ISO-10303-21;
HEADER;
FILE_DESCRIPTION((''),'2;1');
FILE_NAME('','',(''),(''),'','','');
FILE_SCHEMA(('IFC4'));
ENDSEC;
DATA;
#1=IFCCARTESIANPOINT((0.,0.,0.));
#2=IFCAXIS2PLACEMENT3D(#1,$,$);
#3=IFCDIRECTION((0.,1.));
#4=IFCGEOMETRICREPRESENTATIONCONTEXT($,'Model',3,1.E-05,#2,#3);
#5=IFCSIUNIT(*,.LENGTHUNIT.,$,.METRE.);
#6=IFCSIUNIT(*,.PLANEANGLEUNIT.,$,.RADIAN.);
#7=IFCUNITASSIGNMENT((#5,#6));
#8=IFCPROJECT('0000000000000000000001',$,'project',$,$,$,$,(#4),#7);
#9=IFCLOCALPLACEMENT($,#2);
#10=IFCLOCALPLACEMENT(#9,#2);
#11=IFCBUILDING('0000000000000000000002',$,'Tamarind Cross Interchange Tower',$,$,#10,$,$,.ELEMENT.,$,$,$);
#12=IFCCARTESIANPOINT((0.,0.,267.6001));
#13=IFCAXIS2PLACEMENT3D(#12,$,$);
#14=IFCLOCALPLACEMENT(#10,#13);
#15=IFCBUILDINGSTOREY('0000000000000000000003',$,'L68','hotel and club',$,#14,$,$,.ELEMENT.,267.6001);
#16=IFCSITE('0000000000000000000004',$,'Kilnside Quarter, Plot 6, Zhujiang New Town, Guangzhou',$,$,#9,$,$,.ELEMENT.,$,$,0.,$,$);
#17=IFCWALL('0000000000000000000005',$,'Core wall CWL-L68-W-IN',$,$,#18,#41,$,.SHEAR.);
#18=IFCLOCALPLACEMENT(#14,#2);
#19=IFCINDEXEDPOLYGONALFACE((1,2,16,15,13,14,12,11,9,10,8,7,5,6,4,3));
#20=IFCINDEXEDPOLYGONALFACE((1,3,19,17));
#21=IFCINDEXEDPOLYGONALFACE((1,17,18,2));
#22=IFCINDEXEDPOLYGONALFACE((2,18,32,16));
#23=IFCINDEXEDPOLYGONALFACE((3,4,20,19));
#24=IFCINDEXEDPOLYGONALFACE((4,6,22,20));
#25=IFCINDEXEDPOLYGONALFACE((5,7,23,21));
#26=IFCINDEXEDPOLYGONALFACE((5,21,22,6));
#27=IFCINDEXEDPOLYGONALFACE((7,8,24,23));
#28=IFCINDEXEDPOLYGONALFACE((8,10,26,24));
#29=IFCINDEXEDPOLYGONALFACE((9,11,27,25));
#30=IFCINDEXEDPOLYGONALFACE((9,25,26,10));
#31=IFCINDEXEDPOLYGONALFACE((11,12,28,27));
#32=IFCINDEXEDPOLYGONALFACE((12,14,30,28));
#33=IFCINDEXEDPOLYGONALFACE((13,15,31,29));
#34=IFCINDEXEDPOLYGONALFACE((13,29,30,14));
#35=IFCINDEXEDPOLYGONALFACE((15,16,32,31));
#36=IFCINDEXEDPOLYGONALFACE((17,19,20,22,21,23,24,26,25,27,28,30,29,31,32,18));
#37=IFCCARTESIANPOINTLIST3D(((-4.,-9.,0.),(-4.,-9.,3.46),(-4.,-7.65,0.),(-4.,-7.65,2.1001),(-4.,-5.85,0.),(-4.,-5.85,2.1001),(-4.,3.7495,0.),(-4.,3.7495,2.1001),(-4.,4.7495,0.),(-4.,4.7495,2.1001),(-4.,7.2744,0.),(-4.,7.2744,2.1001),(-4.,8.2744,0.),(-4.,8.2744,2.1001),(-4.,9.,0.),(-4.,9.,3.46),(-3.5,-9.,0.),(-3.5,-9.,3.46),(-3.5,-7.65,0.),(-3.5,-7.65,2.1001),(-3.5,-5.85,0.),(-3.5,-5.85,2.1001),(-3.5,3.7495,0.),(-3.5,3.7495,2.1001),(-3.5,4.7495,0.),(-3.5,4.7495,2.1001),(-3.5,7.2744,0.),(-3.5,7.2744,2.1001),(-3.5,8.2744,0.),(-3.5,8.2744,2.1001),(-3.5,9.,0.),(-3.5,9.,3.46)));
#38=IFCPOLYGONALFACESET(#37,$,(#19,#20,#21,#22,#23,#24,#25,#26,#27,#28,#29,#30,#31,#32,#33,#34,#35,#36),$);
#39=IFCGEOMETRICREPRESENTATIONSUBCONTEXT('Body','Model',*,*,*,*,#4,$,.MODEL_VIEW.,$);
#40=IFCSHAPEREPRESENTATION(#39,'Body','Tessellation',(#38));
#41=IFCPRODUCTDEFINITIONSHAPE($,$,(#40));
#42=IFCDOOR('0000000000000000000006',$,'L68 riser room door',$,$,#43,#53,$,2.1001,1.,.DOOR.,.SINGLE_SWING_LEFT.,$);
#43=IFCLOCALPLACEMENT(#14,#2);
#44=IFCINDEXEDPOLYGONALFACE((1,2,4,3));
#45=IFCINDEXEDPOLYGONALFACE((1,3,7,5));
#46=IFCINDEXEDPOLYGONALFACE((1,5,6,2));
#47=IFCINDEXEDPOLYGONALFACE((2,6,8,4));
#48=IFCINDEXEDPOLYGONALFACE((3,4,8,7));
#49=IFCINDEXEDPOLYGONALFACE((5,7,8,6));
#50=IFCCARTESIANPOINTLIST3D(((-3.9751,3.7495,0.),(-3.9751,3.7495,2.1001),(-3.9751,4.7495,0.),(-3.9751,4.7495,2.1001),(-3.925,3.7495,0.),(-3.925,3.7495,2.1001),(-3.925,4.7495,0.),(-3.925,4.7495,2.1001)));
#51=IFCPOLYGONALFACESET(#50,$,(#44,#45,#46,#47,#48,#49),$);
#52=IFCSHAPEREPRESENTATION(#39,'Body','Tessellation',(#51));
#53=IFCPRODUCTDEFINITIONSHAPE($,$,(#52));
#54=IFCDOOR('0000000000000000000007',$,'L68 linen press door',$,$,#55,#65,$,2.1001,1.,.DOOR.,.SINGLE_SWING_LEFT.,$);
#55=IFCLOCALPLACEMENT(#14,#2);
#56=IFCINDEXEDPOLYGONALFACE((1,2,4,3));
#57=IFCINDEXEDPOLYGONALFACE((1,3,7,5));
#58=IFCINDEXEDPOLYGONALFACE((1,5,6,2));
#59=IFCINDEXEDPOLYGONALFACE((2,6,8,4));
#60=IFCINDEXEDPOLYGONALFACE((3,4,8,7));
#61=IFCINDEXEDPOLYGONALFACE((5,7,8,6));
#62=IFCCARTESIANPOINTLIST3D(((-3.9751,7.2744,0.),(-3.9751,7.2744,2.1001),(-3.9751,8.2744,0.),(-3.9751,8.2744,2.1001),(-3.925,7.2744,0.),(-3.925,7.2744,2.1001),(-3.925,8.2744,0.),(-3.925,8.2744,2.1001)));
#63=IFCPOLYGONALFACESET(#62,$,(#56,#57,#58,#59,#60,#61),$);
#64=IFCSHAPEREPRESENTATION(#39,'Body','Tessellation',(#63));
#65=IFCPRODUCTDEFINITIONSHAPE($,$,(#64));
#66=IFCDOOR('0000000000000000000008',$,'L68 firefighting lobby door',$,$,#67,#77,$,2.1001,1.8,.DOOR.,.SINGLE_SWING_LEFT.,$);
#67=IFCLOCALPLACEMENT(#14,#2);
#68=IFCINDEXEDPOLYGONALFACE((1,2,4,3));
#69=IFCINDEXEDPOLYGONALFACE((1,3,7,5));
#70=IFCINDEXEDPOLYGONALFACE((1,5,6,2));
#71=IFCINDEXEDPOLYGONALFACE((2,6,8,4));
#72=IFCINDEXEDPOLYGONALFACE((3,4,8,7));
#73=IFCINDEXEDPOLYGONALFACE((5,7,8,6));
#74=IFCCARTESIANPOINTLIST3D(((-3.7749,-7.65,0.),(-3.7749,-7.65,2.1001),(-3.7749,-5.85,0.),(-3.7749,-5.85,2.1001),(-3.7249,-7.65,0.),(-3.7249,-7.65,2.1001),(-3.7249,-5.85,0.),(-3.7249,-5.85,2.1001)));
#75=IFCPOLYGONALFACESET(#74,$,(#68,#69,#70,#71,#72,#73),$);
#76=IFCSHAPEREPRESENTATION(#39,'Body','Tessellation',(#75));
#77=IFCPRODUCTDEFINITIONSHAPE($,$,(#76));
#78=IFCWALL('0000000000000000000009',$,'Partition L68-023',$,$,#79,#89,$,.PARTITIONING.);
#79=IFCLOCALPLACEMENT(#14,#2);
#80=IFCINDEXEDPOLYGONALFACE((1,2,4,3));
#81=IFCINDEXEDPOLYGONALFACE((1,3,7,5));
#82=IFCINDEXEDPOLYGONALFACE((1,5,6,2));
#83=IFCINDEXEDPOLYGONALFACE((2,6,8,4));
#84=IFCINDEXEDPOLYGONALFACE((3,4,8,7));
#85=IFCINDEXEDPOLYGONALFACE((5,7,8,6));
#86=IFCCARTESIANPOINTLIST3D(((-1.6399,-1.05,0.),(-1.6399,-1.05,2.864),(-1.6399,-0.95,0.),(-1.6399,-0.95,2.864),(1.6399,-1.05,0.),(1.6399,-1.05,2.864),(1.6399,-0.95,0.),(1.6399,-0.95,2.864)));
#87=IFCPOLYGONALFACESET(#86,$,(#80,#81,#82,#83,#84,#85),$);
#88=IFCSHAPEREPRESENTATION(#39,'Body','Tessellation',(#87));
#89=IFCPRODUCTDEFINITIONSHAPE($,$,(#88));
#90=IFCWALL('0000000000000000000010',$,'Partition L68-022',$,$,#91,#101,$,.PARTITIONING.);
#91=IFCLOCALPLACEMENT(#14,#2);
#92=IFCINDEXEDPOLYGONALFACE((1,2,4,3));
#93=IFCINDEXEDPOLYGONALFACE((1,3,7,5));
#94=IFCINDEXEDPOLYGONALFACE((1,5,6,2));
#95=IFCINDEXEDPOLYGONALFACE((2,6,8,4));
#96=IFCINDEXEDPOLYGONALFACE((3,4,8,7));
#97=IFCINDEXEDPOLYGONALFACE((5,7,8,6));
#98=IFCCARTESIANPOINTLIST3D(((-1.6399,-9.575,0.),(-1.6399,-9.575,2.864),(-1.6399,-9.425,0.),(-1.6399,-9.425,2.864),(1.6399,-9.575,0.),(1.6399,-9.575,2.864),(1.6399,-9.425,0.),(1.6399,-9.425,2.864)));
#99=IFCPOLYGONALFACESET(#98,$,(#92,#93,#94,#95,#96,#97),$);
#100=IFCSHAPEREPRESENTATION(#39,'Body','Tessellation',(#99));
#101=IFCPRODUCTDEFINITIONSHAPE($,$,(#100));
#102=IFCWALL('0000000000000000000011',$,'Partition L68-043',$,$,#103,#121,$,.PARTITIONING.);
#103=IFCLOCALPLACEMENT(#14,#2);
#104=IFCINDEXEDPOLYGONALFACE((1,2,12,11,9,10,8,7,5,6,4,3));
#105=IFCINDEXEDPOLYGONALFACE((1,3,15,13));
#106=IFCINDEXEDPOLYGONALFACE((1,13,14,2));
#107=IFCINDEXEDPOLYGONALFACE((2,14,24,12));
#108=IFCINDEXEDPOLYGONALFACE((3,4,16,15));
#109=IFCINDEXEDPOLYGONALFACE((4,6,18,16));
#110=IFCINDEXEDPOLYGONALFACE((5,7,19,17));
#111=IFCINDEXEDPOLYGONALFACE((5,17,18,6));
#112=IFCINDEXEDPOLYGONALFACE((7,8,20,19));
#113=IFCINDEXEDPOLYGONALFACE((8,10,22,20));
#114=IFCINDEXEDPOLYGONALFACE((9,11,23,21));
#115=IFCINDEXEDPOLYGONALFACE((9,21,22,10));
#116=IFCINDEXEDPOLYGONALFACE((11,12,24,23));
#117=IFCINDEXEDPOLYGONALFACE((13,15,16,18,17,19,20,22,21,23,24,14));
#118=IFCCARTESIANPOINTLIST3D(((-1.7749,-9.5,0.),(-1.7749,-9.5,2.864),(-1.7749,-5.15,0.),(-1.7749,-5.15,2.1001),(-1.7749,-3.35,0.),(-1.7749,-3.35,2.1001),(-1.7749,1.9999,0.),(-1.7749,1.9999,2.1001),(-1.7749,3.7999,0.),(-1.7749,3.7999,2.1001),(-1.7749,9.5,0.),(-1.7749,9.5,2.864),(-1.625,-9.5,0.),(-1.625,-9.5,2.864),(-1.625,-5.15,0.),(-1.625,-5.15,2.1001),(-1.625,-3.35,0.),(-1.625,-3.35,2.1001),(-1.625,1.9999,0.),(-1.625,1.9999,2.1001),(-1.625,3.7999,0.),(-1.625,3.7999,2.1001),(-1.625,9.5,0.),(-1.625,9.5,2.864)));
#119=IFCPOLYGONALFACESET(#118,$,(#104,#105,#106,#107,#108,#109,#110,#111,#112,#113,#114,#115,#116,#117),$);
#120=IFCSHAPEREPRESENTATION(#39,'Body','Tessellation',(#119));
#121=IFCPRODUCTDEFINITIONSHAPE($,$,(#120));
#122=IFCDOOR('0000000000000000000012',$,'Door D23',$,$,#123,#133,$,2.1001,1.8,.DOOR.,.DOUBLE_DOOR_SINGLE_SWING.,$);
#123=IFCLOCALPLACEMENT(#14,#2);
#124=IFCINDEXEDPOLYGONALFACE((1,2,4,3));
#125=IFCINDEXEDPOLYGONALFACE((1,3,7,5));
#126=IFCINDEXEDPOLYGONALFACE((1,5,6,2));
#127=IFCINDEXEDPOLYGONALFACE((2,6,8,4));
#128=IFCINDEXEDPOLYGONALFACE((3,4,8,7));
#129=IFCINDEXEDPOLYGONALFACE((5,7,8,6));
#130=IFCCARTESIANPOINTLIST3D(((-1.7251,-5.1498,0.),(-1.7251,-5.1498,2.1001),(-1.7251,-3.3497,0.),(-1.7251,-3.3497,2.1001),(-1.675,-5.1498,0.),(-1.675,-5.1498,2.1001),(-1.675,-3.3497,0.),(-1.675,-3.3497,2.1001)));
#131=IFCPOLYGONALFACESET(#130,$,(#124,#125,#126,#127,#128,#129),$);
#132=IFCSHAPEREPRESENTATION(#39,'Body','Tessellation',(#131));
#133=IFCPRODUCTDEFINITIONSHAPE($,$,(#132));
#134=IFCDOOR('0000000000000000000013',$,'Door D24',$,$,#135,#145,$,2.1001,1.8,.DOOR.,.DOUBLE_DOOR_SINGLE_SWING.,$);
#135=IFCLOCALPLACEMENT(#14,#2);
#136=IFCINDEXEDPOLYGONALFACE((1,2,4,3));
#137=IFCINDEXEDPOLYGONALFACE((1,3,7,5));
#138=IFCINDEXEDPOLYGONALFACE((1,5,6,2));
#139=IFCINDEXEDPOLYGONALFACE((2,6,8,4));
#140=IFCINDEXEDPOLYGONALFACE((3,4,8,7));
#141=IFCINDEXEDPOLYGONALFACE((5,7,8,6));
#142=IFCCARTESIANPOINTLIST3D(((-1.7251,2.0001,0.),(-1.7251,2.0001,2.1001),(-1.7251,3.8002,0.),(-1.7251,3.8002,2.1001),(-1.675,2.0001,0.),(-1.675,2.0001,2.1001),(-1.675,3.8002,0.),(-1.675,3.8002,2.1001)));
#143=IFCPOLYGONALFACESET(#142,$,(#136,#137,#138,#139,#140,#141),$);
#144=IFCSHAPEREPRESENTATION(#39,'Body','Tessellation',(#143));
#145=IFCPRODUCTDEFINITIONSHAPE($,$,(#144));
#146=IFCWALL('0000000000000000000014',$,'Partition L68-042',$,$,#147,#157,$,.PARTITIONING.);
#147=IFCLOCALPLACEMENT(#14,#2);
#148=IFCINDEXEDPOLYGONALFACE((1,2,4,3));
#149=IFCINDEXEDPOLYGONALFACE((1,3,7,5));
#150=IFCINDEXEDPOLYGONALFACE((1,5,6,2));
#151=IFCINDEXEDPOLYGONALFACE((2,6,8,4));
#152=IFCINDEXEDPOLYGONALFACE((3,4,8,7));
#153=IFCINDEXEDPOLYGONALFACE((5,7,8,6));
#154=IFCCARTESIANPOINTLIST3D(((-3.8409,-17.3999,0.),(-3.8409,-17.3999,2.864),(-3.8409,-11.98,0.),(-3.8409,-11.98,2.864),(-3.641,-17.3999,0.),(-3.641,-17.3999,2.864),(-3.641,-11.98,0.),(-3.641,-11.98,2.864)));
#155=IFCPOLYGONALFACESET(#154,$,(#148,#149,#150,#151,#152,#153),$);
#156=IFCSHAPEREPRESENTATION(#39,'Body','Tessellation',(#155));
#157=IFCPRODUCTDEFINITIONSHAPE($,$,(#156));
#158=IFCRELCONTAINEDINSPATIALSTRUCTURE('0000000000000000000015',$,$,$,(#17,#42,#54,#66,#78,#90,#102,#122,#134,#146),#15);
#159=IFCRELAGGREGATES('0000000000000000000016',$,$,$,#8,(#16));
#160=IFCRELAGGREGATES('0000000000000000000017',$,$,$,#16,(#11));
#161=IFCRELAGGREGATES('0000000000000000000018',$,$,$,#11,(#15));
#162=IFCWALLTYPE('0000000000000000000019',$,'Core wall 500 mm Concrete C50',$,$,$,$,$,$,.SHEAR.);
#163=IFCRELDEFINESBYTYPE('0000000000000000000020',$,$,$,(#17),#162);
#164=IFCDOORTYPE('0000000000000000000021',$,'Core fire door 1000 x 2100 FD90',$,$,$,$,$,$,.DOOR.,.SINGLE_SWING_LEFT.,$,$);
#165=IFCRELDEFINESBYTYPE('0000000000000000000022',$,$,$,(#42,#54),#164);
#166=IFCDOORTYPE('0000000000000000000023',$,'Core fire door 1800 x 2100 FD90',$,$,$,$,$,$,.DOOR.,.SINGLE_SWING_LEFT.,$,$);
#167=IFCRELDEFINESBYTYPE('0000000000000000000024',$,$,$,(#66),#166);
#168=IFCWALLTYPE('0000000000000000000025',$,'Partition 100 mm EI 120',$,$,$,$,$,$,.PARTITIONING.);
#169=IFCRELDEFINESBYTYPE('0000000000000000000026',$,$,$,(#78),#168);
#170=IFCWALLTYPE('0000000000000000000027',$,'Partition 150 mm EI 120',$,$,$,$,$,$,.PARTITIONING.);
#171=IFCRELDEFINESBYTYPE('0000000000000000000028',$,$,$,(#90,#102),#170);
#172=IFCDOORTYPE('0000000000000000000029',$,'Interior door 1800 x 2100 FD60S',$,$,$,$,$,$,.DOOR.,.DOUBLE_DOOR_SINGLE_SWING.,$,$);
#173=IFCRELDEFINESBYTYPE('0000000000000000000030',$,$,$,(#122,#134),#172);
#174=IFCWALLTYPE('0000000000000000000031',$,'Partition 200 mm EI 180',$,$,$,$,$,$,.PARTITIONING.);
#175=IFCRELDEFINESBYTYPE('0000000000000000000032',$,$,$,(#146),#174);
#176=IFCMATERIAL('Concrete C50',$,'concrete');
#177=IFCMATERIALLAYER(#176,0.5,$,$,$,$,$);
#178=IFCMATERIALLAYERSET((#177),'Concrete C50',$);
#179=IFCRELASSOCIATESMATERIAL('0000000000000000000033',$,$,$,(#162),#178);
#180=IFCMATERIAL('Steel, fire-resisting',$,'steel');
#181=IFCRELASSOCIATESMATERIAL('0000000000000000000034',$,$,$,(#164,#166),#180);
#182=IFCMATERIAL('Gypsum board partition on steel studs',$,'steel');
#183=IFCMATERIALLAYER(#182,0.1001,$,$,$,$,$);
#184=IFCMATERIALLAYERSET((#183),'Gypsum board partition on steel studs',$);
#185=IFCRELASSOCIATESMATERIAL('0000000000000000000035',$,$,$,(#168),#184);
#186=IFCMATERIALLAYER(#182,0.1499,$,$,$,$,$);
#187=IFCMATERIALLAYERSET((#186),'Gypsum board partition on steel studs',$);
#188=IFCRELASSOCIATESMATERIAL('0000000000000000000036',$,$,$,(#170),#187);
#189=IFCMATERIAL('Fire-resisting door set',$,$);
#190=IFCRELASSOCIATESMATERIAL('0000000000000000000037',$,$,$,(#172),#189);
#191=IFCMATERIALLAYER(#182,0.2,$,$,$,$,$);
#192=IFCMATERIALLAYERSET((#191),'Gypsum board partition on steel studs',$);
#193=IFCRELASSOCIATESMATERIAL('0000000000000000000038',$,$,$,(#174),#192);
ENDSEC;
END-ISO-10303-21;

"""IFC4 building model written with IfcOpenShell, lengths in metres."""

from ifc_helpers import new_model, si_unit, direction, frame, frame_2d, origin, place, context, subcontext, project, spatial, rectangle, extrude, material, layer, layer_set, type_object, element, fill, save


model = new_model("IFC4")

# Units and contexts
model_context = context("Model", 3, precision=1e-05, world=origin(), true_north=direction((0.0, 1.0)))
body_context = subcontext(model_context, "Body", "Model", "MODEL_VIEW")
ifc_project = project(units=[si_unit("LENGTHUNIT", "METRE"), si_unit("PLANEANGLEUNIT", "RADIAN")], contexts=[model_context])

# Site, building, storey
site_placement = place(None, origin())
site = spatial("IfcSite", under=ifc_project, at=site_placement, Name="Kilnside Quarter, Plot 6, Zhujiang New Town, Guangzhou", CompositionType="ELEMENT", RefElevation=0.0)
building_placement = place(site_placement, origin())
building = spatial("IfcBuilding", under=site, at=building_placement, Name="Tamarind Cross Interchange Tower", CompositionType="ELEMENT")
storey_placement = place(building_placement, frame((0.0, 0.0, 267.6001)))
storey = spatial("IfcBuildingStorey", under=building, at=storey_placement, Name="L68", Description="hotel and club", CompositionType="ELEMENT", Elevation=267.6001)

# Wall, openings, doors
ifc_material_1 = material(Name="Concrete C50", Category="concrete")
ifc_layer_1 = layer(ifc_material_1, 0.5)
ifc_layer_set_1 = layer_set([ifc_layer_1], Name="Concrete C50")
wall_type_1 = type_object("IfcWallType", Name="Core wall 500 mm Concrete C50", PredefinedType="SHEAR", material=ifc_layer_set_1)
wall_1_placement = place(storey_placement, frame((-3.75, -9.0, 0.0), z_axis=(0.0, 0.0, 1.0), x_axis=(0.0, 1.0, 0.0)))
wall_1 = element("IfcWall", 1, at=wall_1_placement, inside=storey, type_object=wall_type_1, Name="Core wall CWL-L68-W-IN", PredefinedType="SHEAR", context=body_context, shape_type="SweptSolid", body=[
    extrude(rectangle(XDim=18.0, YDim=0.5, at=frame_2d((9.0, 0.0))), origin(), (0.0, 0.0, 1.0), 3.46),
])
opening_1_placement = place(wall_1_placement, frame((1.3501, 0.0, 0.0)))
opening_1 = element("IfcOpeningElement", 2, at=opening_1_placement, cuts=wall_1, PredefinedType="OPENING", context=body_context, shape_type="SweptSolid", body=[
    extrude(rectangle(XDim=1.8, YDim=2.1001, at=frame_2d((0.8999, 1.05))), frame((0.0, 0.26, 0.0), z_axis=(0.0, -1.0, 0.0), x_axis=(1.0, 0.0, 0.0)), (0.0, 0.0, 1.0), 0.52),
])
opening_2_placement = place(wall_1_placement, frame((12.7495, 0.0, 0.0)))
opening_2 = element("IfcOpeningElement", 3, at=opening_2_placement, cuts=wall_1, PredefinedType="OPENING", context=body_context, shape_type="SweptSolid", body=[
    extrude(rectangle(XDim=1.0, YDim=2.1001, at=frame_2d((0.5, 1.05))), frame((0.0, 0.26, 0.0), z_axis=(0.0, -1.0, 0.0), x_axis=(1.0, 0.0, 0.0)), (0.0, 0.0, 1.0), 0.52),
])
opening_3_placement = place(wall_1_placement, frame((16.2744, 0.0, 0.0)))
opening_3 = element("IfcOpeningElement", 4, at=opening_3_placement, cuts=wall_1, PredefinedType="OPENING", context=body_context, shape_type="SweptSolid", body=[
    extrude(rectangle(XDim=1.0, YDim=2.1001, at=frame_2d((0.5, 1.05))), frame((0.0, 0.26, 0.0), z_axis=(0.0, -1.0, 0.0), x_axis=(1.0, 0.0, 0.0)), (0.0, 0.0, 1.0), 0.52),
])
ifc_material_2 = material(Name="Steel, fire-resisting", Category="steel")
door_type_1 = type_object("IfcDoorType", Name="Core fire door 1000 x 2100 FD90", OperationType="SINGLE_SWING_LEFT", PredefinedType="DOOR", material=ifc_material_2)
door_1_placement = place(opening_2_placement, origin())
door_1 = element("IfcDoor", 5, at=door_1_placement, inside=storey, type_object=door_type_1, Name="L68 riser room door", OperationType="SINGLE_SWING_LEFT", OverallHeight=2.1001, OverallWidth=1.0, PredefinedType="DOOR", context=body_context, shape_type="SweptSolid", body=[
    extrude(rectangle(XDim=1.0, YDim=2.1001, at=frame_2d((0.5, 1.05))), frame((0.0, 0.2251, 0.0), z_axis=(0.0, -1.0, 0.0), x_axis=(1.0, 0.0, 0.0)), (0.0, 0.0, 1.0), 0.05),
])
fill(opening_2, door_1)
door_2_placement = place(opening_3_placement, origin())
door_2 = element("IfcDoor", 6, at=door_2_placement, inside=storey, type_object=door_type_1, Name="L68 linen press door", OperationType="SINGLE_SWING_LEFT", OverallHeight=2.1001, OverallWidth=1.0, PredefinedType="DOOR", context=body_context, shape_type="SweptSolid", body=[
    extrude(rectangle(XDim=1.0, YDim=2.1001, at=frame_2d((0.5, 1.05))), frame((0.0, 0.2251, 0.0), z_axis=(0.0, -1.0, 0.0), x_axis=(1.0, 0.0, 0.0)), (0.0, 0.0, 1.0), 0.05),
])
fill(opening_3, door_2)
door_type_2 = type_object("IfcDoorType", Name="Core fire door 1800 x 2100 FD90", OperationType="SINGLE_SWING_LEFT", PredefinedType="DOOR", material=ifc_material_2)
door_3_placement = place(opening_1_placement, origin())
door_3 = element("IfcDoor", 7, at=door_3_placement, inside=storey, type_object=door_type_2, Name="L68 firefighting lobby door", OperationType="SINGLE_SWING_LEFT", OverallHeight=2.1001, OverallWidth=1.8, PredefinedType="DOOR", context=body_context, shape_type="SweptSolid", body=[
    extrude(rectangle(XDim=1.8, YDim=2.1001, at=frame_2d((0.8999, 1.05))), frame((0.0, 0.0249, 0.0), z_axis=(0.0, -1.0, 0.0), x_axis=(1.0, 0.0, 0.0)), (0.0, 0.0, 1.0), 0.05),
])
fill(opening_1, door_3)

# Walls
ifc_material_3 = material(Name="Gypsum board partition on steel studs", Category="steel")
ifc_layer_2 = layer(ifc_material_3, 0.1001)
ifc_layer_set_2 = layer_set([ifc_layer_2], Name="Gypsum board partition on steel studs")
wall_type_2 = type_object("IfcWallType", Name="Partition 100 mm EI 120", PredefinedType="PARTITIONING", material=ifc_layer_set_2)
wall_2_placement = place(storey_placement, frame((-1.6399, -1.0, 0.0), z_axis=(0.0, 0.0, 1.0), x_axis=(1.0, 0.0, 0.0)))
element("IfcWall", 8, at=wall_2_placement, inside=storey, type_object=wall_type_2, Name="Partition L68-023", PredefinedType="PARTITIONING", context=body_context, shape_type="SweptSolid", body=[
    extrude(rectangle(XDim=3.2798, YDim=0.1001, at=frame_2d((1.6399, 0.0))), origin(), (0.0, 0.0, 1.0), 2.864),
])
ifc_layer_3 = layer(ifc_material_3, 0.1499)
ifc_layer_set_3 = layer_set([ifc_layer_3], Name="Gypsum board partition on steel studs")
wall_type_3 = type_object("IfcWallType", Name="Partition 150 mm EI 120", PredefinedType="PARTITIONING", material=ifc_layer_set_3)
wall_3_placement = place(storey_placement, frame((-1.6399, -9.5, 0.0), z_axis=(0.0, 0.0, 1.0), x_axis=(1.0, 0.0, 0.0)))
element("IfcWall", 9, at=wall_3_placement, inside=storey, type_object=wall_type_3, Name="Partition L68-022", PredefinedType="PARTITIONING", context=body_context, shape_type="SweptSolid", body=[
    extrude(rectangle(XDim=3.2798, YDim=0.1499, at=frame_2d((1.6399, 0.0))), origin(), (0.0, 0.0, 1.0), 2.864),
])

# Wall, openings, doors
wall_4_placement = place(storey_placement, frame((-1.7, -9.5, 0.0), z_axis=(0.0, 0.0, 1.0), x_axis=(0.0, 1.0, 0.0)))
wall_4 = element("IfcWall", 10, at=wall_4_placement, inside=storey, type_object=wall_type_3, Name="Partition L68-043", PredefinedType="PARTITIONING", context=body_context, shape_type="SweptSolid", body=[
    extrude(rectangle(XDim=19.0, YDim=0.1499, at=frame_2d((9.5, 0.0))), origin(), (0.0, 0.0, 1.0), 2.864),
])
opening_4_placement = place(wall_4_placement, frame((4.3501, 0.0, 0.0)))
opening_4 = element("IfcOpeningElement", 11, at=opening_4_placement, cuts=wall_4, PredefinedType="OPENING", context=body_context, shape_type="SweptSolid", body=[
    extrude(rectangle(XDim=1.8, YDim=2.1001, at=frame_2d((0.8999, 1.05))), frame((0.0, 0.085, 0.0), z_axis=(0.0, -1.0, 0.0), x_axis=(1.0, 0.0, 0.0)), (0.0, 0.0, 1.0), 0.1699),
])
opening_5_placement = place(wall_4_placement, frame((11.5, 0.0, 0.0)))
opening_5 = element("IfcOpeningElement", 12, at=opening_5_placement, cuts=wall_4, PredefinedType="OPENING", context=body_context, shape_type="SweptSolid", body=[
    extrude(rectangle(XDim=1.8, YDim=2.1001, at=frame_2d((0.8999, 1.05))), frame((0.0, 0.085, 0.0), z_axis=(0.0, -1.0, 0.0), x_axis=(1.0, 0.0, 0.0)), (0.0, 0.0, 1.0), 0.1699),
])
ifc_material_4 = material(Name="Fire-resisting door set")
door_type_3 = type_object("IfcDoorType", Name="Interior door 1800 x 2100 FD60S", OperationType="DOUBLE_DOOR_SINGLE_SWING", PredefinedType="DOOR", material=ifc_material_4)
door_4_placement = place(opening_4_placement, frame((1.8, 0.0, 0.0), z_axis=(0.0, 0.0, 1.0), x_axis=(-1.0, 0.0, 0.0)))
door_4 = element("IfcDoor", 13, at=door_4_placement, inside=storey, type_object=door_type_3, Name="Door D23", OperationType="DOUBLE_DOOR_SINGLE_SWING", OverallHeight=2.1001, OverallWidth=1.8, PredefinedType="DOOR", context=body_context, shape_type="SweptSolid", body=[
    extrude(rectangle(XDim=1.8, YDim=2.1001, at=frame_2d((0.8999, 1.05))), frame((0.0, 0.0249, 0.0), z_axis=(0.0, -1.0, 0.0), x_axis=(1.0, 0.0, 0.0)), (0.0, 0.0, 1.0), 0.05),
])
fill(opening_4, door_4)
door_5_placement = place(opening_5_placement, frame((1.8, 0.0, 0.0), z_axis=(0.0, 0.0, 1.0), x_axis=(-1.0, 0.0, 0.0)))
door_5 = element("IfcDoor", 14, at=door_5_placement, inside=storey, type_object=door_type_3, Name="Door D24", OperationType="DOUBLE_DOOR_SINGLE_SWING", OverallHeight=2.1001, OverallWidth=1.8, PredefinedType="DOOR", context=body_context, shape_type="SweptSolid", body=[
    extrude(rectangle(XDim=1.8, YDim=2.1001, at=frame_2d((0.8999, 1.05))), frame((0.0, 0.0249, 0.0), z_axis=(0.0, -1.0, 0.0), x_axis=(1.0, 0.0, 0.0)), (0.0, 0.0, 1.0), 0.05),
])
fill(opening_5, door_5)

# Wall
ifc_layer_4 = layer(ifc_material_3, 0.2)
ifc_layer_set_4 = layer_set([ifc_layer_4], Name="Gypsum board partition on steel studs")
wall_type_4 = type_object("IfcWallType", Name="Partition 200 mm EI 180", PredefinedType="PARTITIONING", material=ifc_layer_set_4)
wall_5_placement = place(storey_placement, frame((-3.741, -17.3999, 0.0), z_axis=(0.0, 0.0, 1.0), x_axis=(0.0, 1.0, 0.0)))
element("IfcWall", 15, at=wall_5_placement, inside=storey, type_object=wall_type_4, Name="Partition L68-042", PredefinedType="PARTITIONING", context=body_context, shape_type="SweptSolid", body=[
    extrude(rectangle(XDim=5.4199, YDim=0.2, at=frame_2d((2.71, 0.0))), origin(), (0.0, 0.0, 1.0), 2.864),
])

save(model, "model.ifc")
